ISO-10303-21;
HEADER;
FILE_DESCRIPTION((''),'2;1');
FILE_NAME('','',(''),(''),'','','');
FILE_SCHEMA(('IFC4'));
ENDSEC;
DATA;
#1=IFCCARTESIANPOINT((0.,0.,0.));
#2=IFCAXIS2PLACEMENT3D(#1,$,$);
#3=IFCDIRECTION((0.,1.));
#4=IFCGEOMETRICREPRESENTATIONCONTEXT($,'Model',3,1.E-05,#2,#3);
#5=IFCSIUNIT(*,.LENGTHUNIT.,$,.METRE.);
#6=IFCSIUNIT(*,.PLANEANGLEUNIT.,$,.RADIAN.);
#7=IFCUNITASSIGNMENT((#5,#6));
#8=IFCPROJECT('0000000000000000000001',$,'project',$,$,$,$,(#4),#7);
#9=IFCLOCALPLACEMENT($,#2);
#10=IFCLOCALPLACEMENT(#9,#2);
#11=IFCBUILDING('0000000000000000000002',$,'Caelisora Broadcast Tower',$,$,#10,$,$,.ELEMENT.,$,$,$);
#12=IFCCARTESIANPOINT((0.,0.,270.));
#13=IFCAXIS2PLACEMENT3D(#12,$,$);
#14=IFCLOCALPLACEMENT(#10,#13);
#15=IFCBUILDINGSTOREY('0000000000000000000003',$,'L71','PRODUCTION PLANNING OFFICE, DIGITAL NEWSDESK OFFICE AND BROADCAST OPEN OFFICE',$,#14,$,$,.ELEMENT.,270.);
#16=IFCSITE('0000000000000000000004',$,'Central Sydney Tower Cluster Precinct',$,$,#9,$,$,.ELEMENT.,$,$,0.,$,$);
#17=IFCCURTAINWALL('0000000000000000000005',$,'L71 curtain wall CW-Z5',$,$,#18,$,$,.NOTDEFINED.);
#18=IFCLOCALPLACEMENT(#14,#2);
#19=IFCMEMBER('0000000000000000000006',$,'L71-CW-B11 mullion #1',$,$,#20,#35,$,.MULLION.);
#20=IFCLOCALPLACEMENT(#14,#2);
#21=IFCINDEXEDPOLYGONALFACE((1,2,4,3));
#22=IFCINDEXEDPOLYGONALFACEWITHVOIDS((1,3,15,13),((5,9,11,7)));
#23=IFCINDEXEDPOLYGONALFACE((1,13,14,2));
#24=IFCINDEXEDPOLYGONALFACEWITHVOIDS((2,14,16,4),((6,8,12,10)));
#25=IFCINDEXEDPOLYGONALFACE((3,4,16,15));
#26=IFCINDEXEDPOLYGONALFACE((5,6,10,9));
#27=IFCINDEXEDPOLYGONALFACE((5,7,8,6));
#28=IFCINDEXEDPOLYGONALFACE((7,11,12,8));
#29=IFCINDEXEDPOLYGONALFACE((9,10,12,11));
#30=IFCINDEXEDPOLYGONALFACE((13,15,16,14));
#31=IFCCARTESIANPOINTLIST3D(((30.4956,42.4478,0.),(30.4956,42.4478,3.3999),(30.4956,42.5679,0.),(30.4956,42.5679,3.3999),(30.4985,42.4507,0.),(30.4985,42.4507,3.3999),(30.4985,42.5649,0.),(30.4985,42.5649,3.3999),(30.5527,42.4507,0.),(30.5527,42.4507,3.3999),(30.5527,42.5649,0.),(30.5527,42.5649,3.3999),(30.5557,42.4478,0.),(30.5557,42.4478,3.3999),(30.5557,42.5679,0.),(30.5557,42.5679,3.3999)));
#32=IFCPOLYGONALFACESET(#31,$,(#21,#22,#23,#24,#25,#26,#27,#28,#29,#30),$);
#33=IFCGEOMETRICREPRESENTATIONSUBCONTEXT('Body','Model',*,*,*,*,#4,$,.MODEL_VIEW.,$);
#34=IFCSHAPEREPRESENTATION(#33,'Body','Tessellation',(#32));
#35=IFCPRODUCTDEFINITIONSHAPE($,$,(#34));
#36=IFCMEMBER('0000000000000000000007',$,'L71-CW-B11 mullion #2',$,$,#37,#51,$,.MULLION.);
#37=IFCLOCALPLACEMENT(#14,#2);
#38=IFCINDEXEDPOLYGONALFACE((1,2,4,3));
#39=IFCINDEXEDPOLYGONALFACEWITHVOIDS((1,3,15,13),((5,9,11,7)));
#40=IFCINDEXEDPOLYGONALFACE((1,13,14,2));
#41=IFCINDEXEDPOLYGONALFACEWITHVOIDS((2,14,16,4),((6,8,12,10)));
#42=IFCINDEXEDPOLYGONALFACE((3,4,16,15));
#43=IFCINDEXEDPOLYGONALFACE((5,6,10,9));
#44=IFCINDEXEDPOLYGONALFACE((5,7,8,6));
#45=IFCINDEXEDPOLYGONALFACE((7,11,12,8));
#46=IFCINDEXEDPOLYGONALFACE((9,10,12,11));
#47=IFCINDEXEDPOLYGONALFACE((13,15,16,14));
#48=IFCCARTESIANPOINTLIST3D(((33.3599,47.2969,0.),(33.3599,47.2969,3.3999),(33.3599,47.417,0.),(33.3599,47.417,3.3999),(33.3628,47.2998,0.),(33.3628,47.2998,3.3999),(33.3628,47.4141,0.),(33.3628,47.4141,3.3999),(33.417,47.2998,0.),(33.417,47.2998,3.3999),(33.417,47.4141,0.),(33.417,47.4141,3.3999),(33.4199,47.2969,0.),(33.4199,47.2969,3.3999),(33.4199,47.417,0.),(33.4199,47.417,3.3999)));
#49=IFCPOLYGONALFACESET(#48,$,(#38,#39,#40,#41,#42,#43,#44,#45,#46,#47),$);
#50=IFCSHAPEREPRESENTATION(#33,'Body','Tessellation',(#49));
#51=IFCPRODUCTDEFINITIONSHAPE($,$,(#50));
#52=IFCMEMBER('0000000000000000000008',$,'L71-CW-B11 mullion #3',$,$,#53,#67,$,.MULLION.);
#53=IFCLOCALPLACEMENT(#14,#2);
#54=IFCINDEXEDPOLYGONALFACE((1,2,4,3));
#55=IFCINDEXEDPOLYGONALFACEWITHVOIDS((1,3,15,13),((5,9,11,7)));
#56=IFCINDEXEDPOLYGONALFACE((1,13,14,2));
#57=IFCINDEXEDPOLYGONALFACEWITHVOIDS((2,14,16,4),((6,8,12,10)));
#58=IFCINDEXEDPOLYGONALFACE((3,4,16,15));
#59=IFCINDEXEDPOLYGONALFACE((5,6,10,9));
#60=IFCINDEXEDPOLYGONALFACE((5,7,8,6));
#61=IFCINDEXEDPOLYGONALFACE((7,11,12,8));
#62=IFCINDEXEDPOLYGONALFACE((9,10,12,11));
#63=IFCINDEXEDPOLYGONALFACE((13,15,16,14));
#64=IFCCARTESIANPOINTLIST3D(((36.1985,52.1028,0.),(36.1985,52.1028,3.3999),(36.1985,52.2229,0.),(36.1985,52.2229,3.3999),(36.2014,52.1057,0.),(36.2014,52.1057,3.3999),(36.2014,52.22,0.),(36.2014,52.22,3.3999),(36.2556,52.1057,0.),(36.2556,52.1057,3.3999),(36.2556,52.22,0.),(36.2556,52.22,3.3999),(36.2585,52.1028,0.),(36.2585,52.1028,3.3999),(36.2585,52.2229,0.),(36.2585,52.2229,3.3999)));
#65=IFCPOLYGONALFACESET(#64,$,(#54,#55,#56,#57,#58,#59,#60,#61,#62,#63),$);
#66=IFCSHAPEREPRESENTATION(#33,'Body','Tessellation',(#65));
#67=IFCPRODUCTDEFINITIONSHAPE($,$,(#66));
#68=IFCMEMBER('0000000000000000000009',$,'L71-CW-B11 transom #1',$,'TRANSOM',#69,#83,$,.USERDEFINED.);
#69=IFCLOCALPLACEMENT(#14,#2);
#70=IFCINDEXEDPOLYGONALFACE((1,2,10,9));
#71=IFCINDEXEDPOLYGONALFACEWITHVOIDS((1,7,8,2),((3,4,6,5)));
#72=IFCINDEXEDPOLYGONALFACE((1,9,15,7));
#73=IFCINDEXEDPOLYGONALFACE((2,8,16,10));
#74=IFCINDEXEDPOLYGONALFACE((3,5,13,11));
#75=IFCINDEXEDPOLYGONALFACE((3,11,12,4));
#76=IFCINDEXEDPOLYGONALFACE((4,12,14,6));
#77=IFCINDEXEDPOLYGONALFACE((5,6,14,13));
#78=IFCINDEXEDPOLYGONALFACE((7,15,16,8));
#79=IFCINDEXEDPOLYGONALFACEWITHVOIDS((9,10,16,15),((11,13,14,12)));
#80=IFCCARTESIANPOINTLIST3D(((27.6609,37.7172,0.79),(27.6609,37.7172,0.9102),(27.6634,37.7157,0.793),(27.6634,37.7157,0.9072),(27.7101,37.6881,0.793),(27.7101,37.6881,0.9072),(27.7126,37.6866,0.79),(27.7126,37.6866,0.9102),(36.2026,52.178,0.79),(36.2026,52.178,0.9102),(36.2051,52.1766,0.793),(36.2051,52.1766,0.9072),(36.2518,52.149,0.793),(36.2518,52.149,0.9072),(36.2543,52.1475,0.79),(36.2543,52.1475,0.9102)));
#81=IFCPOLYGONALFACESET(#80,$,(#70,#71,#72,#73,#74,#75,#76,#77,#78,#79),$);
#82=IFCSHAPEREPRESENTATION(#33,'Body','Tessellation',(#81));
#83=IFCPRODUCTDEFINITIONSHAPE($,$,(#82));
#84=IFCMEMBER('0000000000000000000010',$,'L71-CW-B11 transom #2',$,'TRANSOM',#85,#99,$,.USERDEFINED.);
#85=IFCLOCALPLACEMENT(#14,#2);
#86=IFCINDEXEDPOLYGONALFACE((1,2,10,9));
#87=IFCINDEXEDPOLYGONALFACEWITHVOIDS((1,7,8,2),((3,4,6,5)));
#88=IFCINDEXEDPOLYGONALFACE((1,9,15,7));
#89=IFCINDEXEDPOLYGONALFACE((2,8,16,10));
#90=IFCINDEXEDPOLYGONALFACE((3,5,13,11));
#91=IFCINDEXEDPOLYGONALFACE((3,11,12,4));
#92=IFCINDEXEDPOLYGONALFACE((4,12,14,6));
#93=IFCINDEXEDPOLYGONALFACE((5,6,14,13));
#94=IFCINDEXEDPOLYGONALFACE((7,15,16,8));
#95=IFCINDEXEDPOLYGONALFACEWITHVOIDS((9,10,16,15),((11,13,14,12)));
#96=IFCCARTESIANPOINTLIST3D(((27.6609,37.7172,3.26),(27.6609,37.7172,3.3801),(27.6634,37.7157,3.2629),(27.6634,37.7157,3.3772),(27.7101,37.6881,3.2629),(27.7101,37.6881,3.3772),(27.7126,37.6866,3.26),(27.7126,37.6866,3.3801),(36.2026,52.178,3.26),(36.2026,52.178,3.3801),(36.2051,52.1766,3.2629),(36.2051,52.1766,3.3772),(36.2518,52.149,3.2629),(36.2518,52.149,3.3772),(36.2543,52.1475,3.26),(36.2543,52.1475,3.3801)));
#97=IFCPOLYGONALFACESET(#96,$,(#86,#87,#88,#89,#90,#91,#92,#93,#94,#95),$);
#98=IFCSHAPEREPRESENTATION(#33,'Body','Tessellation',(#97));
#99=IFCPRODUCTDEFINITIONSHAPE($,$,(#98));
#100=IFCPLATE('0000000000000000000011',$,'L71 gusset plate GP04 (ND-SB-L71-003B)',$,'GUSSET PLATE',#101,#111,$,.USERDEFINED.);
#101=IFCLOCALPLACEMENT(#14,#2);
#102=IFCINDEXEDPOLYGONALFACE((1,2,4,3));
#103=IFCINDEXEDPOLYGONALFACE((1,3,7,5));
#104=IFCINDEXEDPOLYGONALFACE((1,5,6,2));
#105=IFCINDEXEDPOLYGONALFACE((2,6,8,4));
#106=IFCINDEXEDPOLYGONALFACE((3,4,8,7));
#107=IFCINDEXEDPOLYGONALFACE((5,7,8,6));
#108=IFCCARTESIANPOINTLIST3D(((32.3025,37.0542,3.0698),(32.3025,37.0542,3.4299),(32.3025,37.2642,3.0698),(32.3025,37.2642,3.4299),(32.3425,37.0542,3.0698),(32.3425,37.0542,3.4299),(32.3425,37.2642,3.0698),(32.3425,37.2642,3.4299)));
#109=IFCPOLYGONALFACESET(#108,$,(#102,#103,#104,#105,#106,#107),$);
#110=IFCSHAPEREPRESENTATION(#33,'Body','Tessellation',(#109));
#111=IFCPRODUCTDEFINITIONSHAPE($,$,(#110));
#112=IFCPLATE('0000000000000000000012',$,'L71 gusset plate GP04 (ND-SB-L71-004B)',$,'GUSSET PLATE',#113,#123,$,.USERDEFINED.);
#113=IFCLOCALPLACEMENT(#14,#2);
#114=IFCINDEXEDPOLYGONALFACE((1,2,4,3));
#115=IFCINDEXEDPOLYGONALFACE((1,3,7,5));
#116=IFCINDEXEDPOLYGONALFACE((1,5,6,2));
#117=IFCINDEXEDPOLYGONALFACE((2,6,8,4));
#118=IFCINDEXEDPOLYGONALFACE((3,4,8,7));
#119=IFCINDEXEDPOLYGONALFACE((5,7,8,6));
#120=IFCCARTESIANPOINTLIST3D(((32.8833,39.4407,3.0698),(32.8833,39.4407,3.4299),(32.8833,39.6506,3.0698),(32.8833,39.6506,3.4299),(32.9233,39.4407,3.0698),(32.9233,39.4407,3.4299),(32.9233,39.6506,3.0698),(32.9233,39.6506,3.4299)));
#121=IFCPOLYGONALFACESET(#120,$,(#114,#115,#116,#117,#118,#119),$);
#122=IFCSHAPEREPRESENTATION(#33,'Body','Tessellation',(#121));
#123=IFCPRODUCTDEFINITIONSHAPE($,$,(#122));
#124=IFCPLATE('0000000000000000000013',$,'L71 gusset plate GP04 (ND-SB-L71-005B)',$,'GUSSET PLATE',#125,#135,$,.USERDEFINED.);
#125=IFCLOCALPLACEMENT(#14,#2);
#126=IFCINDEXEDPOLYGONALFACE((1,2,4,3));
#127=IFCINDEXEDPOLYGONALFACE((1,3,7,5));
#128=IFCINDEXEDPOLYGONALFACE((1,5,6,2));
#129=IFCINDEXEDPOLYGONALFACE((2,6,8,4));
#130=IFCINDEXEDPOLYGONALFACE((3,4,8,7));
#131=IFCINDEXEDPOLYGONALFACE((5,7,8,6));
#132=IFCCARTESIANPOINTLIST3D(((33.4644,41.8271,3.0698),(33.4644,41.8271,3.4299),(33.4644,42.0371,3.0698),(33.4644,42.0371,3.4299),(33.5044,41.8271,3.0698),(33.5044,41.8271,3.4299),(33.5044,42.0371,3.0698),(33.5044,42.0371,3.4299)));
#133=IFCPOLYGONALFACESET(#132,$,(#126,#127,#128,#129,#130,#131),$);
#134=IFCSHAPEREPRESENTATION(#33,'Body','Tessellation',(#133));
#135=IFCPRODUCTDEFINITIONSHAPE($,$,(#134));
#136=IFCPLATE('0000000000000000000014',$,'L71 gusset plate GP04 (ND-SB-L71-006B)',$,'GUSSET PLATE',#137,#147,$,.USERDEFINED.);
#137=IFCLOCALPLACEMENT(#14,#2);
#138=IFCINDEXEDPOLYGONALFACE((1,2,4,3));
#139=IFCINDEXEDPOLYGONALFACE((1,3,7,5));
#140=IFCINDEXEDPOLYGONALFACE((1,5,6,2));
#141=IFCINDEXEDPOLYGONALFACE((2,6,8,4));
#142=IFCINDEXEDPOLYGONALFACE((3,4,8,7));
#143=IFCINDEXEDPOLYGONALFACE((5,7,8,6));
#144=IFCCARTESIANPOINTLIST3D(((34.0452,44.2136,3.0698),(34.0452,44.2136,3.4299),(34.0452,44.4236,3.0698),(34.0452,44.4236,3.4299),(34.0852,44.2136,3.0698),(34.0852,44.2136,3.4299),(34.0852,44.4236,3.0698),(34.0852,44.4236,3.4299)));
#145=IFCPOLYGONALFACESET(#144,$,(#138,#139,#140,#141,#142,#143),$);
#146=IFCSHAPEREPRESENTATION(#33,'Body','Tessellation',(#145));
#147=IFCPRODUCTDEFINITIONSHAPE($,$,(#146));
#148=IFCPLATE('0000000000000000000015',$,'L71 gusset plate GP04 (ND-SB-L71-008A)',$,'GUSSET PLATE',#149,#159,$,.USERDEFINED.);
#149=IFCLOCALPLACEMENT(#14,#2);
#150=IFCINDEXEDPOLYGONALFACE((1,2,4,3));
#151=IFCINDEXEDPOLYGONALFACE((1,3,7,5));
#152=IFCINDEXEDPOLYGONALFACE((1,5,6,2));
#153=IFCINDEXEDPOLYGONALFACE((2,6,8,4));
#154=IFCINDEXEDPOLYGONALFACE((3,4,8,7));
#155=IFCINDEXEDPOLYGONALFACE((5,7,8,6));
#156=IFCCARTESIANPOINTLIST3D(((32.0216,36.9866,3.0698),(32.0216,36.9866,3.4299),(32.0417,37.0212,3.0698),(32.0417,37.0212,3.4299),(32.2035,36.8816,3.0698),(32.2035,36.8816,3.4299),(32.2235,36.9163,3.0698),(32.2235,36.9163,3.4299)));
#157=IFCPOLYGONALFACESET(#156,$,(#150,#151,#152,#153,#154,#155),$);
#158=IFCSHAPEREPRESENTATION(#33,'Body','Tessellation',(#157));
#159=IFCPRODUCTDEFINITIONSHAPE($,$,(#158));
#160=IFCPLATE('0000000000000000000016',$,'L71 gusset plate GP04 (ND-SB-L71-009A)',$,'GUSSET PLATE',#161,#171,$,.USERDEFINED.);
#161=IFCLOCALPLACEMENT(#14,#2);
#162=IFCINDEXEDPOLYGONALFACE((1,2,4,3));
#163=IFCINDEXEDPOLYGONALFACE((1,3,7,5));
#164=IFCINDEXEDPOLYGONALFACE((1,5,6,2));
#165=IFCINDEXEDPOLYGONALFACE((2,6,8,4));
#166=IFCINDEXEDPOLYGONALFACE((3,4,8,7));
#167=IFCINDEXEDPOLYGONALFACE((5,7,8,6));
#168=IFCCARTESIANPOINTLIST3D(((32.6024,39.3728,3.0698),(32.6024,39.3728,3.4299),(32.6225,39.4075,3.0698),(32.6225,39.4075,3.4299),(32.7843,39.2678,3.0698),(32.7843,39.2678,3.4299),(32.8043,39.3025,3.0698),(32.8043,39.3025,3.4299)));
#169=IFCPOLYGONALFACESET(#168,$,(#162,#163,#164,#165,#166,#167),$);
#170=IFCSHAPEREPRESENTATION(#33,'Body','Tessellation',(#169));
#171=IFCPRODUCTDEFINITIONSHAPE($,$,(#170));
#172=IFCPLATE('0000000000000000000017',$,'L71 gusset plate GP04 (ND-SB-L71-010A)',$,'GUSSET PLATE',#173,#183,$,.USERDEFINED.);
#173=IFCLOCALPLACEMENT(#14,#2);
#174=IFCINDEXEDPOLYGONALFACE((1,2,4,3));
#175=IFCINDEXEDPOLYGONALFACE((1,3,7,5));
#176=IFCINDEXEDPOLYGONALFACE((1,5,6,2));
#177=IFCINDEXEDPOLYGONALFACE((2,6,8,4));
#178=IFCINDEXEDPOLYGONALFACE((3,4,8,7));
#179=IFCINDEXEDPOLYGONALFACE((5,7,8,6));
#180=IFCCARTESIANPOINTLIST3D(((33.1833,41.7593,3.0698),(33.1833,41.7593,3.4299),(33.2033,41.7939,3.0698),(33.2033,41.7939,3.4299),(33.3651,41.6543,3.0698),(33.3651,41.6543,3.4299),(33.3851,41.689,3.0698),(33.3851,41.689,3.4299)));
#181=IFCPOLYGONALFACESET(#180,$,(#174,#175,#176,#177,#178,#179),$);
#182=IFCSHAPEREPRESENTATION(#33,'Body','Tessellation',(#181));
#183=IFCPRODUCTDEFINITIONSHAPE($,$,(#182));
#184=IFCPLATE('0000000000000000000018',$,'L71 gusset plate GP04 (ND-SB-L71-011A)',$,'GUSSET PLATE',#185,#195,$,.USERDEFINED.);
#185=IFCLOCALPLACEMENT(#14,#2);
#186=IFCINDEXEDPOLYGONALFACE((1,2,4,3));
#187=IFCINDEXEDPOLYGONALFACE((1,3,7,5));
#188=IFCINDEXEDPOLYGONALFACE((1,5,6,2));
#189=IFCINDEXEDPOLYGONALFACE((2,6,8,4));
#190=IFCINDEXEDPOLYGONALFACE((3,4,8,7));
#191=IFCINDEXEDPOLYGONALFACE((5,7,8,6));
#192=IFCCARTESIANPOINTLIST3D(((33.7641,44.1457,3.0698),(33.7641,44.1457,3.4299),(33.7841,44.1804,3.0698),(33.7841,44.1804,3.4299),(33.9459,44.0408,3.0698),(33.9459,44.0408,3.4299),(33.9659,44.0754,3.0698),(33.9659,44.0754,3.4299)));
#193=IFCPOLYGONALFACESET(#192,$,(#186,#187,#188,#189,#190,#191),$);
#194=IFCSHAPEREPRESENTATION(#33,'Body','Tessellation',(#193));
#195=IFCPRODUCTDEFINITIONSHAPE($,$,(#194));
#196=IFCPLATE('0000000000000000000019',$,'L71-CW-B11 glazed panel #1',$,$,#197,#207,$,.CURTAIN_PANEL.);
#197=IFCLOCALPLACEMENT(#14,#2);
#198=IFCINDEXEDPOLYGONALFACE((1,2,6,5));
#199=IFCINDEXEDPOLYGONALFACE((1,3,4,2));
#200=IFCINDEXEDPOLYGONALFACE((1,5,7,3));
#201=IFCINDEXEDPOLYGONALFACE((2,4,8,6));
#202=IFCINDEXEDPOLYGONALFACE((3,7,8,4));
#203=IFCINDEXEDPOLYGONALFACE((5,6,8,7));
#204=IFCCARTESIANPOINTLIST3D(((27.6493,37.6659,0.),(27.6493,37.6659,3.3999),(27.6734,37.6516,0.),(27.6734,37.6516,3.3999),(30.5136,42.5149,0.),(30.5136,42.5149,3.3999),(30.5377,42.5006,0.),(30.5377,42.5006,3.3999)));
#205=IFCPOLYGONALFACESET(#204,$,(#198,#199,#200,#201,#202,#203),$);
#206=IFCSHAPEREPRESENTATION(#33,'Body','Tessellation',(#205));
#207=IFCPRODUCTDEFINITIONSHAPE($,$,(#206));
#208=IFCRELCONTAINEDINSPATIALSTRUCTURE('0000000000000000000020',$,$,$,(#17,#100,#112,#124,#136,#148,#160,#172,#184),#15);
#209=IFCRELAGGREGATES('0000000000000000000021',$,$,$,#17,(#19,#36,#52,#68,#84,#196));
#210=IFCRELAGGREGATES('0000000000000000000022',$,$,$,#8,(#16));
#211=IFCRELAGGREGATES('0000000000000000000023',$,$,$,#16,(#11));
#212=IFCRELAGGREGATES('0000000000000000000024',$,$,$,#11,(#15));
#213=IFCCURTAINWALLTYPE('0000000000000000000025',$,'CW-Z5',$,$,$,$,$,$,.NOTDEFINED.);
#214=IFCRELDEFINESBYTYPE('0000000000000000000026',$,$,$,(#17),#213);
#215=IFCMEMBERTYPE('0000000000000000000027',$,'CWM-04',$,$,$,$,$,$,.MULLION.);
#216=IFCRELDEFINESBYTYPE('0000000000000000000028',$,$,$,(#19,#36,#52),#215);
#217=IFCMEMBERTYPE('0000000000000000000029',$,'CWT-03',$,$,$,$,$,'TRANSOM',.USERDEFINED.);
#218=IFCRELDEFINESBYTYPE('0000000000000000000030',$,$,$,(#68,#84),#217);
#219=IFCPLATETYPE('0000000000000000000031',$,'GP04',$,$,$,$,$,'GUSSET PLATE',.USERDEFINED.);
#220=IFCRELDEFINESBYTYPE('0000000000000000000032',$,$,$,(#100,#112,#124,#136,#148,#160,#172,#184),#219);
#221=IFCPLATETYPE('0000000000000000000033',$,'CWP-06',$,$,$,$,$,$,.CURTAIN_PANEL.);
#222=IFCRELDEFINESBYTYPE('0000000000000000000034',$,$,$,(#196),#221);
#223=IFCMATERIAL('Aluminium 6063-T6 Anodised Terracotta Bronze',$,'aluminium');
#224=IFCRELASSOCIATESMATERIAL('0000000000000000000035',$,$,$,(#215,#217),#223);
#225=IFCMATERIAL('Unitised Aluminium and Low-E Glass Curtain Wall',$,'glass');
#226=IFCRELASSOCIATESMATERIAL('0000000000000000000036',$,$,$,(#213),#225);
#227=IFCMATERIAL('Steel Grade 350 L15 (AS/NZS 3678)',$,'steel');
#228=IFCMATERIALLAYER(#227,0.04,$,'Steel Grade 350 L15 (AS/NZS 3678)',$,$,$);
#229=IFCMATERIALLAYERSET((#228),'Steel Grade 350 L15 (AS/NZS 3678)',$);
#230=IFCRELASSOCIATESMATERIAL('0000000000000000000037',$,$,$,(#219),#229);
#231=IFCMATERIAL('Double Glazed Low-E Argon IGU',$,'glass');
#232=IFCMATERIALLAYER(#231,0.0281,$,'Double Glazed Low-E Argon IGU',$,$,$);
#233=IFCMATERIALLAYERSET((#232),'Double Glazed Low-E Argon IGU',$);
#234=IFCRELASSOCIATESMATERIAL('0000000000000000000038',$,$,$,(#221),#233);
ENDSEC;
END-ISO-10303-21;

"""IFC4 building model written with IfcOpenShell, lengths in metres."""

from ifc_helpers import new_model, si_unit, direction, frame, origin, origin_2d, place, context, subcontext, project, spatial, rectangle, hollow_rectangle, extrude, source, transform, mapped, material, layer, layer_set, material_profile, profile_set, type_object, type_shapes, element, aggregate, save


model = new_model("IFC4")

# Units and contexts
model_context = context("Model", 3, precision=1e-05, world=origin(), true_north=direction((0.0, 1.0)))
body_context = subcontext(model_context, "Body", "Model", "MODEL_VIEW")
ifc_project = project(units=[si_unit("LENGTHUNIT", "METRE"), si_unit("PLANEANGLEUNIT", "RADIAN")], contexts=[model_context])

# Site, building, storey
site_placement = place(None, origin())
site = spatial("IfcSite", under=ifc_project, at=site_placement, Name="Central Sydney Tower Cluster Precinct", CompositionType="ELEMENT", RefElevation=0.0)
building_placement = place(site_placement, origin())
building = spatial("IfcBuilding", under=site, at=building_placement, Name="Caelisora Broadcast Tower", CompositionType="ELEMENT")
storey_placement = place(building_placement, frame((0.0, 0.0, 270.0)))
storey = spatial("IfcBuildingStorey", under=building, at=storey_placement, Name="L71", Description="PRODUCTION PLANNING OFFICE, DIGITAL NEWSDESK OFFICE AND BROADCAST OPEN OFFICE", CompositionType="ELEMENT", Elevation=270.0)

# Shared definitions
ifc_material_1 = material(Name="Steel Grade 350 L15 (AS/NZS 3678)", Category="steel")

# Shared definitions
ifc_material_2 = material(Name="Aluminium 6063-T6 Anodised Terracotta Bronze", Category="aluminium")
ifc_material_profile_1 = material_profile(ifc_material_2, hollow_rectangle(XDim=0.0601, YDim=0.1201, WallThickness=0.0029, at=origin_2d()), Name="Aluminium 6063-T6 Anodised Terracotta Bronze")
ifc_profile_set_1 = profile_set([ifc_material_profile_1], Name="Aluminium 6063-T6 Anodised Terracotta Bronze")
member_type_1 = type_object("IfcMemberType", Name="CWM-04", PredefinedType="MULLION", material=ifc_profile_set_1)
shared_shape_1 = source(origin(), body_context, "Body", "SweptSolid", [
    extrude(hollow_rectangle(XDim=0.0601, YDim=0.1201, WallThickness=0.0029, at=origin_2d()), origin(), (0.0, 0.0, 1.0), 3.3999),
])
type_shapes(member_type_1, [shared_shape_1])

# Curtain wall, members
ifc_material_3 = material(Name="Unitised Aluminium and Low-E Glass Curtain Wall", Category="glass")
curtain_wall_type_1 = type_object("IfcCurtainWallType", Name="CW-Z5", PredefinedType="NOTDEFINED", material=ifc_material_3)
curtain_wall_1_placement = place(storey_placement, origin())
curtain_wall_1 = element("IfcCurtainWall", 1, at=curtain_wall_1_placement, inside=storey, type_object=curtain_wall_type_1, Name="L71 curtain wall CW-Z5", PredefinedType="NOTDEFINED")
member_1_placement = place(storey_placement, frame((30.5256, 42.5078, 0.0), z_axis=(0.0, 0.0, 1.0), x_axis=(1.0, 0.0, 0.0)))
member_1 = element("IfcMember", 2, at=member_1_placement, type_object=member_type_1, Name="L71-CW-B11 mullion #1", PredefinedType="MULLION", context=body_context, shape_type="MappedRepresentation", body=[
    mapped(shared_shape_1, transform((0.0, 0.0, 0.0), scale=1.0)),
])
member_2_placement = place(storey_placement, frame((33.3899, 47.3569, 0.0), z_axis=(0.0, 0.0, 1.0), x_axis=(1.0, 0.0, 0.0)))
member_2 = element("IfcMember", 3, at=member_2_placement, type_object=member_type_1, Name="L71-CW-B11 mullion #2", PredefinedType="MULLION", context=body_context, shape_type="MappedRepresentation", body=[
    mapped(shared_shape_1, transform((0.0, 0.0, 0.0), scale=1.0)),
])
member_3_placement = place(storey_placement, frame((36.2285, 52.1628, 0.0), z_axis=(0.0, 0.0, 1.0), x_axis=(1.0, 0.0, 0.0)))
member_3 = element("IfcMember", 4, at=member_3_placement, type_object=member_type_1, Name="L71-CW-B11 mullion #3", PredefinedType="MULLION", context=body_context, shape_type="MappedRepresentation", body=[
    mapped(shared_shape_1, transform((0.0, 0.0, 0.0), scale=1.0)),
])
ifc_material_profile_2 = material_profile(ifc_material_2, hollow_rectangle(XDim=0.0601, YDim=0.1201, WallThickness=0.0029, at=origin_2d()), Name="Aluminium 6063-T6 Anodised Terracotta Bronze")
ifc_profile_set_2 = profile_set([ifc_material_profile_2], Name="Aluminium 6063-T6 Anodised Terracotta Bronze")
member_type_2 = type_object("IfcMemberType", Name="CWT-03", ElementType="TRANSOM", PredefinedType="USERDEFINED", material=ifc_profile_set_2)
shared_shape_2 = source(origin(), body_context, "Body", "SweptSolid", [
    extrude(hollow_rectangle(XDim=0.0601, YDim=0.1201, WallThickness=0.0029, at=origin_2d()), origin(), (0.0, 0.0, 1.0), 16.7952),
])
type_shapes(member_type_2, [shared_shape_2])
member_4_placement = place(storey_placement, frame((27.6868, 37.7019, 0.8501), z_axis=(0.508581, 0.861014, 0.0), x_axis=(-0.861014, 0.508581, 0.0)))
member_4 = element("IfcMember", 5, at=member_4_placement, type_object=member_type_2, Name="L71-CW-B11 transom #1", ObjectType="TRANSOM", PredefinedType="USERDEFINED", context=body_context, shape_type="MappedRepresentation", body=[
    mapped(shared_shape_2, transform((0.0, 0.0, 0.0), scale=1.0)),
])
member_5_placement = place(storey_placement, frame((27.6868, 37.7019, 3.3201), z_axis=(0.508581, 0.861014, 0.0), x_axis=(-0.861014, 0.508581, 0.0)))
member_5 = element("IfcMember", 6, at=member_5_placement, type_object=member_type_2, Name="L71-CW-B11 transom #2", ObjectType="TRANSOM", PredefinedType="USERDEFINED", context=body_context, shape_type="MappedRepresentation", body=[
    mapped(shared_shape_2, transform((0.0, 0.0, 0.0), scale=1.0)),
])

# Plates
ifc_layer_1 = layer(ifc_material_1, 0.04, Name="Steel Grade 350 L15 (AS/NZS 3678)")
ifc_layer_set_1 = layer_set([ifc_layer_1], Name="Steel Grade 350 L15 (AS/NZS 3678)")
plate_type_1 = type_object("IfcPlateType", Name="GP04", ElementType="GUSSET PLATE", PredefinedType="USERDEFINED", material=ifc_layer_set_1)
shared_shape_3 = source(origin(), body_context, "Body", "SweptSolid", [
    extrude(rectangle(XDim=0.21, YDim=0.04, at=origin_2d()), origin(), (0.0, 0.0, 1.0), 0.3601),
])
type_shapes(plate_type_1, [shared_shape_3])
for number, where, z_axis, x_axis, name in (
    (7, (32.3225, 37.1592, 3.0698), (0.0, 0.0, 1.0), (0.0, -1.0, 0.0), "L71 gusset plate GP04 (ND-SB-L71-003B)"),
    (8, (32.9033, 39.5457, 3.0698), (0.0, 0.0, 1.0), (0.0, -1.0, 0.0), "L71 gusset plate GP04 (ND-SB-L71-004B)"),
    (9, (33.4844, 41.9321, 3.0698), (0.0, 0.0, 1.0), (0.0, -1.0, 0.0), "L71 gusset plate GP04 (ND-SB-L71-005B)"),
    (10, (34.0652, 44.3186, 3.0698), (0.0, 0.0, 1.0), (0.0, -1.0, 0.0), "L71 gusset plate GP04 (ND-SB-L71-006B)"),
    (11, (32.1226, 36.9514, 3.0698), (0.0, 0.0, 1.0), (0.866025, -0.5, 0.0), "L71 gusset plate GP04 (ND-SB-L71-008A)"),
    (12, (32.7034, 39.3376, 3.0698), (0.0, 0.0, 1.0), (0.866025, -0.5, 0.0), "L71 gusset plate GP04 (ND-SB-L71-009A)"),
    (13, (33.2842, 41.7241, 3.0698), (0.0, 0.0, 1.0), (0.866025, -0.5, 0.0), "L71 gusset plate GP04 (ND-SB-L71-010A)"),
    (14, (33.865, 44.1106, 3.0698), (0.0, 0.0, 1.0), (0.866025, -0.5, 0.0), "L71 gusset plate GP04 (ND-SB-L71-011A)"),
):
    element("IfcPlate", number, at=place(storey_placement, frame(where, z_axis=z_axis, x_axis=x_axis)), inside=storey, type_object=plate_type_1, Name=name, ObjectType="GUSSET PLATE", PredefinedType="USERDEFINED", context=body_context, shape_type="MappedRepresentation", body=[
        mapped(shared_shape_3, transform((0.0, 0.0, 0.0), scale=1.0)),
    ])

# Plate
ifc_material_4 = material(Name="Double Glazed Low-E Argon IGU", Category="glass")
ifc_layer_2 = layer(ifc_material_4, 0.0281, Name="Double Glazed Low-E Argon IGU")
ifc_layer_set_2 = layer_set([ifc_layer_2], Name="Double Glazed Low-E Argon IGU")
plate_type_2 = type_object("IfcPlateType", Name="CWP-06", PredefinedType="CURTAIN_PANEL", material=ifc_layer_set_2)
shared_shape_4 = source(origin(), body_context, "Body", "SweptSolid", [
    extrude(rectangle(XDim=5.6318, YDim=0.0281, at=origin_2d()), origin(), (0.0, 0.0, 1.0), 3.3999),
])
type_shapes(plate_type_2, [shared_shape_4])
plate_1_placement = place(storey_placement, frame((29.0935, 40.0833, 0.0), z_axis=(0.0, 0.0, 1.0), x_axis=(0.508591, 0.861008, 0.0)))
plate_1 = element("IfcPlate", 15, at=plate_1_placement, type_object=plate_type_2, Name="L71-CW-B11 glazed panel #1", PredefinedType="CURTAIN_PANEL", context=body_context, shape_type="MappedRepresentation", body=[
    mapped(shared_shape_4, transform((0.0, 0.0, 0.0), scale=1.0)),
])
aggregate(curtain_wall_1, [member_1, member_2, member_3, member_4, member_5, plate_1])

save(model, "model.ifc")
